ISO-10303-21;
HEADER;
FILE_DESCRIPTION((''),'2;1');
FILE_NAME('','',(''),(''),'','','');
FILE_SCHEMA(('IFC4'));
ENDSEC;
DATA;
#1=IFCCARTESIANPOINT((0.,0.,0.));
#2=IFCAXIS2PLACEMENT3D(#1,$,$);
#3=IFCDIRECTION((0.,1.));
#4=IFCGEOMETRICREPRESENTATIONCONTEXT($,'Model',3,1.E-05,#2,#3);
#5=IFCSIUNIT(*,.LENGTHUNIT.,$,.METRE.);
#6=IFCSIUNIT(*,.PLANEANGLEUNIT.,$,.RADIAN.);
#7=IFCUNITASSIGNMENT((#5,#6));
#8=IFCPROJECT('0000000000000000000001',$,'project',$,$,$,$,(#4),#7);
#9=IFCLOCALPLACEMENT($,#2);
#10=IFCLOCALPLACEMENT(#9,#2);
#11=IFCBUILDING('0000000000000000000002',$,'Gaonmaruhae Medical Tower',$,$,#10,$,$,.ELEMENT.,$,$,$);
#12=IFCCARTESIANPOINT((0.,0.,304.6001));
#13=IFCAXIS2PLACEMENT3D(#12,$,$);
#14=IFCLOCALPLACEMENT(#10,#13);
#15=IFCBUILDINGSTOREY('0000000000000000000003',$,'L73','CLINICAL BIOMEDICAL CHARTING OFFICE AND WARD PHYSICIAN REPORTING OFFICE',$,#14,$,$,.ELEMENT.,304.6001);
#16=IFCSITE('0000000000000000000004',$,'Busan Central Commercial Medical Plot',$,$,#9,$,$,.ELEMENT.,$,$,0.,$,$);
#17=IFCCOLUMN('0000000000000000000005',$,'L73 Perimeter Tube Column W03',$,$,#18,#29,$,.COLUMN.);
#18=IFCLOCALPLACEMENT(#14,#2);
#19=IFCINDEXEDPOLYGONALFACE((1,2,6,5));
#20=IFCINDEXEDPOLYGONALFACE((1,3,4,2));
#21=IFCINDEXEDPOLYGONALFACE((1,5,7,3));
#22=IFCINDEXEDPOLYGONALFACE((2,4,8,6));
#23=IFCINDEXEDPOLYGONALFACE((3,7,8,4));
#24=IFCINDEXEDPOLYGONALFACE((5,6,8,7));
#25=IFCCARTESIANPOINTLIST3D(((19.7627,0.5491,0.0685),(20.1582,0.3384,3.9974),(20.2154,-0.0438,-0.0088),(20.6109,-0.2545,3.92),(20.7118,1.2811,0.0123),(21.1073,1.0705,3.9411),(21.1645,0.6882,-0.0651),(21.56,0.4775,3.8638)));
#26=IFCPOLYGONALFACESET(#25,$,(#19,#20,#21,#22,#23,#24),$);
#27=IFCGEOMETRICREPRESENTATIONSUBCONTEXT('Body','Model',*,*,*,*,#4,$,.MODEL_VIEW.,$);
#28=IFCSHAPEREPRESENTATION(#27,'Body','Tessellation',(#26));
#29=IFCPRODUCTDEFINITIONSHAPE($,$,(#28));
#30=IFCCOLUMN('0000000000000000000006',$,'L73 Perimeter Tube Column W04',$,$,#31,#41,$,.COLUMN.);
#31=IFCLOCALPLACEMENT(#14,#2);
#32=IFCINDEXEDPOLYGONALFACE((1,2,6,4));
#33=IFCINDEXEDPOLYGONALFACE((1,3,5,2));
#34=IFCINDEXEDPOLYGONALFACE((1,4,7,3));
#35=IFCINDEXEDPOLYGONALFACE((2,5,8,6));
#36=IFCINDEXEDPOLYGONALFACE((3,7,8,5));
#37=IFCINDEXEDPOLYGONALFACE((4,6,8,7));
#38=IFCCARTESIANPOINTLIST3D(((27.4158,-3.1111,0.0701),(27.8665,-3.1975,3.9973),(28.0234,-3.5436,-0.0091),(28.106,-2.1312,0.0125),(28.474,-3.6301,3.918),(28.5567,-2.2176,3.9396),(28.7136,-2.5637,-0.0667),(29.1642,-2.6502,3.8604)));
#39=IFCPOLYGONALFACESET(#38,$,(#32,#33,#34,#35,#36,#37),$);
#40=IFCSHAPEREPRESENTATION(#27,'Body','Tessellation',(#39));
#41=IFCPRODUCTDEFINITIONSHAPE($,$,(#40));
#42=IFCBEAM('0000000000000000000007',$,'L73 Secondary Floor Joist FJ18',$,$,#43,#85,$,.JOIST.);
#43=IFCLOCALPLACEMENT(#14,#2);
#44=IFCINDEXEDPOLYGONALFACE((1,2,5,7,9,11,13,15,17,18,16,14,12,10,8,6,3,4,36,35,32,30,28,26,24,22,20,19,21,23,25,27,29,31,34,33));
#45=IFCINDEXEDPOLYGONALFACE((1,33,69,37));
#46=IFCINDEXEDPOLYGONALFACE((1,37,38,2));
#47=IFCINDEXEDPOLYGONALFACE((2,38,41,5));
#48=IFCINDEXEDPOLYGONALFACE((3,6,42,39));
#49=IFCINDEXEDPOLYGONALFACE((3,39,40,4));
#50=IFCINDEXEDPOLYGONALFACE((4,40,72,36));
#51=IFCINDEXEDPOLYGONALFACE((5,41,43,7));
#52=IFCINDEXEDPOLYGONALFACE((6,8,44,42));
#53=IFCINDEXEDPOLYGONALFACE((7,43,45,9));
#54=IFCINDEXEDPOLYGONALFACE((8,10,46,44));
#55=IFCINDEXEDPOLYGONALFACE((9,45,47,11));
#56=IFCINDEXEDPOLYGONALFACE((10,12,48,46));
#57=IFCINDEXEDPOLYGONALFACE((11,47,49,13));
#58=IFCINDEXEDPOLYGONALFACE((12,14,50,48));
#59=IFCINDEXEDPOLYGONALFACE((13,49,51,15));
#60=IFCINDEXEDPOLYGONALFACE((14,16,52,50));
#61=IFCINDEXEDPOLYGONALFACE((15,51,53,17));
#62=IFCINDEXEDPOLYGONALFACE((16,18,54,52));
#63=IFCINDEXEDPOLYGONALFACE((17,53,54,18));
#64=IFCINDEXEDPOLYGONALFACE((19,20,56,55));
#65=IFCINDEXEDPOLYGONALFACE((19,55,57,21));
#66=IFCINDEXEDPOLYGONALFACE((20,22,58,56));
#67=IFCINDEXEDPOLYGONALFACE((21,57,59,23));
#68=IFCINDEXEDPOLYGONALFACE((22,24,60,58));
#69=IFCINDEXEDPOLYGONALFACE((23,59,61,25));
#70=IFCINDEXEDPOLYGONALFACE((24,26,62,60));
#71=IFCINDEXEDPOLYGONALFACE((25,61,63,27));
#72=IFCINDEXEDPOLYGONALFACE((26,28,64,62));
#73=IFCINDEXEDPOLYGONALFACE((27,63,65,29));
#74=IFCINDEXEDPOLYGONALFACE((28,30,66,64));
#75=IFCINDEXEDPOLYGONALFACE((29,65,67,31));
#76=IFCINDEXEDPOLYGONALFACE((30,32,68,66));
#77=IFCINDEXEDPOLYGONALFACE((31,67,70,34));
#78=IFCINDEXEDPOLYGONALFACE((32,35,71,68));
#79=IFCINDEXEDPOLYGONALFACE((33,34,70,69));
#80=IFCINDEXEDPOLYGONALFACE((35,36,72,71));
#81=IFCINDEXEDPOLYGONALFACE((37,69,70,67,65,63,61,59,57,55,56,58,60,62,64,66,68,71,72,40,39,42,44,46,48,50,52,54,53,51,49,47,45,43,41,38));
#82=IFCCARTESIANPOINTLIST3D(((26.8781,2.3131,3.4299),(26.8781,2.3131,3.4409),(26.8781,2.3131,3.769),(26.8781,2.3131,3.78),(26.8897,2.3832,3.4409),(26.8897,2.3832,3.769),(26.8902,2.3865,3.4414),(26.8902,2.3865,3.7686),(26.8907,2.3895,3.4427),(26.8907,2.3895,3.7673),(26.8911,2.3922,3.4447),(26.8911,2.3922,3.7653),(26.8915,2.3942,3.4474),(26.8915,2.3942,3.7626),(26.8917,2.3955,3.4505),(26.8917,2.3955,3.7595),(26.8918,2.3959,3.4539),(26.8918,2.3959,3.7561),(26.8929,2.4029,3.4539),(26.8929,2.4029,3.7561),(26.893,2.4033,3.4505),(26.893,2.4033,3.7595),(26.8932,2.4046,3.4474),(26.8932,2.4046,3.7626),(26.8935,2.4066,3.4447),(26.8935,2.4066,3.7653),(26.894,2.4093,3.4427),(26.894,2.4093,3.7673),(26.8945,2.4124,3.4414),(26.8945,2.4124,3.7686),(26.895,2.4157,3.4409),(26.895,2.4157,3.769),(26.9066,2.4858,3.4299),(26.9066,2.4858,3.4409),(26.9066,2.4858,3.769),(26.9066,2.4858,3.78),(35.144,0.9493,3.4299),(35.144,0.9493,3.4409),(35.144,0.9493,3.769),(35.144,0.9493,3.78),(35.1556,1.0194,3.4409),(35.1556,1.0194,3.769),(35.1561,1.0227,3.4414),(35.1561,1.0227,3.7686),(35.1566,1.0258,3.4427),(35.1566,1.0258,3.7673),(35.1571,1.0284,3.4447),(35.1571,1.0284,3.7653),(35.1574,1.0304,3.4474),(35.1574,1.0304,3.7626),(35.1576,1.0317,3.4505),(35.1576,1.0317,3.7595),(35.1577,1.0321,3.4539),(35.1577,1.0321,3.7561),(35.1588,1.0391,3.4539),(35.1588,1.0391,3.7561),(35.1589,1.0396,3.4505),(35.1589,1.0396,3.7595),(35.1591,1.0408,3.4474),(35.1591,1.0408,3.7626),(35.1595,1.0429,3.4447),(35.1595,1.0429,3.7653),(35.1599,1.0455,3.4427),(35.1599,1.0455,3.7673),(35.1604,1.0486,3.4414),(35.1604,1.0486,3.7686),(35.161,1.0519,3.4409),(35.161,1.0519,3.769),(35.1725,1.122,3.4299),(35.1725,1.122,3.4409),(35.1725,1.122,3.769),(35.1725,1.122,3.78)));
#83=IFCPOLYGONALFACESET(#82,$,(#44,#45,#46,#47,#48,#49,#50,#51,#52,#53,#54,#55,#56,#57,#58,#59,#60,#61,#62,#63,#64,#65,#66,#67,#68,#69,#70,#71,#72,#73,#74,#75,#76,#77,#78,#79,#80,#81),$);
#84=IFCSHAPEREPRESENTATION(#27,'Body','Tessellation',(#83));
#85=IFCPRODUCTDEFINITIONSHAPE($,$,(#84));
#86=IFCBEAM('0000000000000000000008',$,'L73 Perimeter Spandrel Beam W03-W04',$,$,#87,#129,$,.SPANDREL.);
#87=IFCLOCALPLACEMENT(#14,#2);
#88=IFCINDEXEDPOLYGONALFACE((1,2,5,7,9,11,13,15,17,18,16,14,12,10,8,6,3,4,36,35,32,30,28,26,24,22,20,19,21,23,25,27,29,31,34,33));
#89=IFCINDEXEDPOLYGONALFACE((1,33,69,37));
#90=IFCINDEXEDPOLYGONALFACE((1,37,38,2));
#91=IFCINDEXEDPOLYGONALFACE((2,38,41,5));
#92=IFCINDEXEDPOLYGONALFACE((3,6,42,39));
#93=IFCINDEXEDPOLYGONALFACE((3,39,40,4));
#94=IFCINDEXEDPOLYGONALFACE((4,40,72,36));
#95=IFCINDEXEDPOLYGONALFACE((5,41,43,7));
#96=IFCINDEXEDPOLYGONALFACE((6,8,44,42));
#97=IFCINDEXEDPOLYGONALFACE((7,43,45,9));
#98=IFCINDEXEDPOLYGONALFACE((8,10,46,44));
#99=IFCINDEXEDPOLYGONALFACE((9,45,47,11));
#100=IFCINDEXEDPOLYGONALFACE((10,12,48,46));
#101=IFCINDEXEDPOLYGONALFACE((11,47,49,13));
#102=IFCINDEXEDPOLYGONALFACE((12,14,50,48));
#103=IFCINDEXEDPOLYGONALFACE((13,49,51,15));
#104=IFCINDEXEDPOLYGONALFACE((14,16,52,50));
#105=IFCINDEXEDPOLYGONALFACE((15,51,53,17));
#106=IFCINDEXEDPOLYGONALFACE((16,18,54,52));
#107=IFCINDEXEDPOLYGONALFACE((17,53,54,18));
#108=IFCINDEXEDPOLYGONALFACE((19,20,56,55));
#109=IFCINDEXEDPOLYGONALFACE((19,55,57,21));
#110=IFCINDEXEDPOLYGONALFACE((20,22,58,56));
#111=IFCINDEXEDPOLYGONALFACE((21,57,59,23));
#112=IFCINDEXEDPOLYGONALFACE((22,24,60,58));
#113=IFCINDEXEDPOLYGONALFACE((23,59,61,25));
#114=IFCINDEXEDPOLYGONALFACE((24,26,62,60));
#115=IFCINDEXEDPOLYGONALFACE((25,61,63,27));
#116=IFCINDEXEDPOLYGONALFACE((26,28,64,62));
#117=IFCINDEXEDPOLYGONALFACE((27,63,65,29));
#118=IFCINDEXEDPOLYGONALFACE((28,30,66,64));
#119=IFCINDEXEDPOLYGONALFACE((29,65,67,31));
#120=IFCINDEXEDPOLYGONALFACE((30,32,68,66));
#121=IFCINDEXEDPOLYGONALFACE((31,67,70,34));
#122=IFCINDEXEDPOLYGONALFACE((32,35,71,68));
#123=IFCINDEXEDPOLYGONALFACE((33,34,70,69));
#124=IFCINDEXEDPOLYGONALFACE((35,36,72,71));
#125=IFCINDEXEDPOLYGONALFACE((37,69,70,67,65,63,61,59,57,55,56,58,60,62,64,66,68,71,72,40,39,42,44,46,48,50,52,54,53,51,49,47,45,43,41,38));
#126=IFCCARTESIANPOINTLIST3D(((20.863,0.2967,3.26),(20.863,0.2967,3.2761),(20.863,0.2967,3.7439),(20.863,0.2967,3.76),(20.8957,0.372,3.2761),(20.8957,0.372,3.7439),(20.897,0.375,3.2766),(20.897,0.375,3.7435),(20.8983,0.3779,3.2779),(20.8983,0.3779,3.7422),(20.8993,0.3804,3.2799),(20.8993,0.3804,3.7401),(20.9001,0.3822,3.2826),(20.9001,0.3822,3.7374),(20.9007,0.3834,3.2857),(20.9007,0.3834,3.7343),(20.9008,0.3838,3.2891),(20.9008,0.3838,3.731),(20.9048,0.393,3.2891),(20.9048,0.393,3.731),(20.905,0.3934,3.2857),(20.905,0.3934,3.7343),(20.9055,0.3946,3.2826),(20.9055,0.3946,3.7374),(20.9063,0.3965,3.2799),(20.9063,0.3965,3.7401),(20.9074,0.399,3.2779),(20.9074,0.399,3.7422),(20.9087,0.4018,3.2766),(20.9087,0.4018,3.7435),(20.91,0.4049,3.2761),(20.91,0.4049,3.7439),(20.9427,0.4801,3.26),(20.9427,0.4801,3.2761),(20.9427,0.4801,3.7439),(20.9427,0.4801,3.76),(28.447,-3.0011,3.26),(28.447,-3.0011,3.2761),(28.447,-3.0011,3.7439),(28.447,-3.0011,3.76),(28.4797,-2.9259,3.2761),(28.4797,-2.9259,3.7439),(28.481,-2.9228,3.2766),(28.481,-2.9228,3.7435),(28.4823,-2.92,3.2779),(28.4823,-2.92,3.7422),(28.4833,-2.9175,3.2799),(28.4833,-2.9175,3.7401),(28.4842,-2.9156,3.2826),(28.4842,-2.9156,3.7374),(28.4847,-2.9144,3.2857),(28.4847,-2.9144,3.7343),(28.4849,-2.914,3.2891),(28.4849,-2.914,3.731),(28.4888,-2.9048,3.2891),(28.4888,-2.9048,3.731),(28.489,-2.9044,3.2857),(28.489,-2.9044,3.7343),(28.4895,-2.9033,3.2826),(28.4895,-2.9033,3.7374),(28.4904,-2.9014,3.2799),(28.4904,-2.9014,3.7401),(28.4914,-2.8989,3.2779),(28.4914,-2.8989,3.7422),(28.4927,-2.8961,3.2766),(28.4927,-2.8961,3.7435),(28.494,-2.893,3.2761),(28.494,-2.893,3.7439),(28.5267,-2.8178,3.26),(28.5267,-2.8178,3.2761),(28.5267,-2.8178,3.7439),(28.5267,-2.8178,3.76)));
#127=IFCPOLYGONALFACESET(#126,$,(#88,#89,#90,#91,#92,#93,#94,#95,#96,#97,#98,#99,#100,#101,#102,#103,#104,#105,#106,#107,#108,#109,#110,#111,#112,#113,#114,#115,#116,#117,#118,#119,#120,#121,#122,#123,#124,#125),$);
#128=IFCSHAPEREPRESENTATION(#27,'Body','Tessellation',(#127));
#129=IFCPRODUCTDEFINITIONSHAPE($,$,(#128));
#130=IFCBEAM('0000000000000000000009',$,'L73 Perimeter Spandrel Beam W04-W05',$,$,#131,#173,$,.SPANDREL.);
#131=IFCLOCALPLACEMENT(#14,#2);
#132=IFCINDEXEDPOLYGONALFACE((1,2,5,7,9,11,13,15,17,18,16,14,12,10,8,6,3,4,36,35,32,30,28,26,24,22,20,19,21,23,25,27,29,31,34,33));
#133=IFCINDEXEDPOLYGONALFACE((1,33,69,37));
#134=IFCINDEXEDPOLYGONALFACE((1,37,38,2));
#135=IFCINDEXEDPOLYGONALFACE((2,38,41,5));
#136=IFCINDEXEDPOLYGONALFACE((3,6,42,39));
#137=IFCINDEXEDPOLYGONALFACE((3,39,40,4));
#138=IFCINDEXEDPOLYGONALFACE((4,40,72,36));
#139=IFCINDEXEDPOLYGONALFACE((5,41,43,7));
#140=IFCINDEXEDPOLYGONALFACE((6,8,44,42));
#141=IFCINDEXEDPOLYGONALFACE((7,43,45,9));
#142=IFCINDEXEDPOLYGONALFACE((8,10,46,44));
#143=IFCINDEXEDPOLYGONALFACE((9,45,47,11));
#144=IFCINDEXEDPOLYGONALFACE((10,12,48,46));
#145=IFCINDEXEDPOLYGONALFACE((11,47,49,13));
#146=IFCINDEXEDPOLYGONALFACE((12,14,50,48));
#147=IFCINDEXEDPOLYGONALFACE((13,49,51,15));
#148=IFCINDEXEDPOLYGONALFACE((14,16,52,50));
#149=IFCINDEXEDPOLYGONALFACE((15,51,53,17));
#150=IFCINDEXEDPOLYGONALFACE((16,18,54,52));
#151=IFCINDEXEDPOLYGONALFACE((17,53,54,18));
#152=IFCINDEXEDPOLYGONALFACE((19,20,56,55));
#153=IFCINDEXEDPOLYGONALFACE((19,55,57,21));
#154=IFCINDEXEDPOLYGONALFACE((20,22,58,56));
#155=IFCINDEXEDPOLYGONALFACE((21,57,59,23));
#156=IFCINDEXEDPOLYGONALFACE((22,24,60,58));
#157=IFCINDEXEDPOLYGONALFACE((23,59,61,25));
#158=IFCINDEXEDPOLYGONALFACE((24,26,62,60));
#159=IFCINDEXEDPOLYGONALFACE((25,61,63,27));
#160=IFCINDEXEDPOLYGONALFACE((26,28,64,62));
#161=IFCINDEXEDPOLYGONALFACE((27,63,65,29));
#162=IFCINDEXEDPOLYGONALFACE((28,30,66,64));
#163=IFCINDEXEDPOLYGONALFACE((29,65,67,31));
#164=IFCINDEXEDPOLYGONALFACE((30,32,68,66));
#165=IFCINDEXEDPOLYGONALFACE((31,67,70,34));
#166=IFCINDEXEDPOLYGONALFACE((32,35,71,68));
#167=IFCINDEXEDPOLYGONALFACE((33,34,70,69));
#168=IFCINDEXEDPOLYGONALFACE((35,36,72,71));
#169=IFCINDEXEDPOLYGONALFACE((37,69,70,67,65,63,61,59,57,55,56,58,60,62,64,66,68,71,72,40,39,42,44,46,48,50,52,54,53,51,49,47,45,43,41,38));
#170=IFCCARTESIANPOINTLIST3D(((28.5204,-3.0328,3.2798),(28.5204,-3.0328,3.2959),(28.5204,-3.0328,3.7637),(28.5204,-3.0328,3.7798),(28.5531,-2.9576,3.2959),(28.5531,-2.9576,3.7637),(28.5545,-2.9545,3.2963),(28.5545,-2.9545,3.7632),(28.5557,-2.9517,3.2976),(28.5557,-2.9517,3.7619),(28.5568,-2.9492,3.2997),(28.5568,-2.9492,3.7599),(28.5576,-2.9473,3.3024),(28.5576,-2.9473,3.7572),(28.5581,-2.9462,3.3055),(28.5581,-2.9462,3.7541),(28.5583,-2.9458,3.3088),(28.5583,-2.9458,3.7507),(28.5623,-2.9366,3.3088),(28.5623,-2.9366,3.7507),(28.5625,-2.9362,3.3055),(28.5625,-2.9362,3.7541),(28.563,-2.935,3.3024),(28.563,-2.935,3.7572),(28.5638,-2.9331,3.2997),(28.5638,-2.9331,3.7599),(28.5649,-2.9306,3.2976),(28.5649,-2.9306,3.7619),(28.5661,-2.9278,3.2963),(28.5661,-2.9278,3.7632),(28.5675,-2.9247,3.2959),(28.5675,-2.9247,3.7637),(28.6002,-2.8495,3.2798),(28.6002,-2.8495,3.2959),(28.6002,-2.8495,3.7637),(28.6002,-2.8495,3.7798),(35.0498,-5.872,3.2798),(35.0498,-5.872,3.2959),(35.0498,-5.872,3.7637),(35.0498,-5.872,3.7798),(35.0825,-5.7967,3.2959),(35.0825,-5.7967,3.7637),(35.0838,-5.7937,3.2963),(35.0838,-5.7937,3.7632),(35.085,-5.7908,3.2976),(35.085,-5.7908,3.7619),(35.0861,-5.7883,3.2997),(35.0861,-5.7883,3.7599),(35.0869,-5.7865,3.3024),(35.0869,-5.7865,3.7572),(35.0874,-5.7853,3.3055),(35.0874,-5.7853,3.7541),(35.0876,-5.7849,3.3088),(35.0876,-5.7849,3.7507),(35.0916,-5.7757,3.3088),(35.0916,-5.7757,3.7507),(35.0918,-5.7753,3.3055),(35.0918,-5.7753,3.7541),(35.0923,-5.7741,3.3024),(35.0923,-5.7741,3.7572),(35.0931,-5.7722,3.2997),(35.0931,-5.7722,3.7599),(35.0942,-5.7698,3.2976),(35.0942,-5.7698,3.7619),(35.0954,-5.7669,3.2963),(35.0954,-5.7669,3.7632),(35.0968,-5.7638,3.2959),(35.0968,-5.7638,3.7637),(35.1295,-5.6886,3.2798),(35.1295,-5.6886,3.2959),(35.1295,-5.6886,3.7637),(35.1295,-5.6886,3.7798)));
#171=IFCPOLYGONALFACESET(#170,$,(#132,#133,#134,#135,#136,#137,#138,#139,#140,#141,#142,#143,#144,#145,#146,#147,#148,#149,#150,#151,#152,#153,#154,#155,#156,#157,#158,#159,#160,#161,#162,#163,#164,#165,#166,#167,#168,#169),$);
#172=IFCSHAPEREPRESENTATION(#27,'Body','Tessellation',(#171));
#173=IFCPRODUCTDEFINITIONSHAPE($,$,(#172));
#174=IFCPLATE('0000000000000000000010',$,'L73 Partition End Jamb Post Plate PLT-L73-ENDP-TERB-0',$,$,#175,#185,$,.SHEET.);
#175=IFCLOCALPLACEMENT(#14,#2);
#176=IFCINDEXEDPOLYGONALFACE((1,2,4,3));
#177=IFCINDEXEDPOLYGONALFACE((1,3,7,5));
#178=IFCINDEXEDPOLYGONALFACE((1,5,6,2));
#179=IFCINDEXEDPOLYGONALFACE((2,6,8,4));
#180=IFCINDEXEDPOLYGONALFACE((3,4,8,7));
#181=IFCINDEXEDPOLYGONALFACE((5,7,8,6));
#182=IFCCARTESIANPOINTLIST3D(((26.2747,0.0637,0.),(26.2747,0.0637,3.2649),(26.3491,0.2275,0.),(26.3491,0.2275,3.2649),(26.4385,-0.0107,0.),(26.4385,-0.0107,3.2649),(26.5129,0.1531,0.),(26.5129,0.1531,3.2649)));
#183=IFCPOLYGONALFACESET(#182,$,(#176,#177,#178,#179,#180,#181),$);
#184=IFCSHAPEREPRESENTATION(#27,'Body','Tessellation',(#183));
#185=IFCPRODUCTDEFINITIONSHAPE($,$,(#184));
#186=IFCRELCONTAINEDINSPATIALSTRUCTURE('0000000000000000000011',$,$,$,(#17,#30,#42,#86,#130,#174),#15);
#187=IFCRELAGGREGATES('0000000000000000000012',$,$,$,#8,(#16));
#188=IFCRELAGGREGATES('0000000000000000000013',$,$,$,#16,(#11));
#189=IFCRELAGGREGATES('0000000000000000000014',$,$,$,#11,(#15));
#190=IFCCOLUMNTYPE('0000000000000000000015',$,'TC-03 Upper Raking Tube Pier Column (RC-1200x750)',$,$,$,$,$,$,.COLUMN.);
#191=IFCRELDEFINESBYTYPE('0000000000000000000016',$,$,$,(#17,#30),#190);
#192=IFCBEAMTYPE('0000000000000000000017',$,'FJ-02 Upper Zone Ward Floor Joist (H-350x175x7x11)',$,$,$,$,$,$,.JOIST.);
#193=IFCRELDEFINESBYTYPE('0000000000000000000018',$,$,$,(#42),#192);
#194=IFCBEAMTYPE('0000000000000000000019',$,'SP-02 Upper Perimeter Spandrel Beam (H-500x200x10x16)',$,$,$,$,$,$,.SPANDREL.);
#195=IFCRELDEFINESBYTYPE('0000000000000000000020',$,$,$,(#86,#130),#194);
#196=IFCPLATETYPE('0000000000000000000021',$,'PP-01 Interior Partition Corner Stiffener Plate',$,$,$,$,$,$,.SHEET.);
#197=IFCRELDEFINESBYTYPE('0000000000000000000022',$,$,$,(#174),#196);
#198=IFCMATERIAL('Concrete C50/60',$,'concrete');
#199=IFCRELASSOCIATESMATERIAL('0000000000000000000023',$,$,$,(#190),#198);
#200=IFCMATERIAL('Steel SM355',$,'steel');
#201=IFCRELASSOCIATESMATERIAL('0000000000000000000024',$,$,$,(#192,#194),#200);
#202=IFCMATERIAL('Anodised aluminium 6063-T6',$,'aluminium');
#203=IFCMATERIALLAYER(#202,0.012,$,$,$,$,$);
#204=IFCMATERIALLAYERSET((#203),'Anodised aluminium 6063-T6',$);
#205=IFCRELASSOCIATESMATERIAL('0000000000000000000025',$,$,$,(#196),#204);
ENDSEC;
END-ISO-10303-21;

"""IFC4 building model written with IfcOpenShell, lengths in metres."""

from ifc_helpers import new_model, si_unit, direction, frame, origin, origin_2d, place, context, subcontext, project, spatial, rectangle, i_section, extrude, material, layer, layer_set, material_profile, profile_set, type_object, element, save


model = new_model("IFC4")

# Units and contexts
model_context = context("Model", 3, precision=1e-05, world=origin(), true_north=direction((0.0, 1.0)))
body_context = subcontext(model_context, "Body", "Model", "MODEL_VIEW")
ifc_project = project(units=[si_unit("LENGTHUNIT", "METRE"), si_unit("PLANEANGLEUNIT", "RADIAN")], contexts=[model_context])

# Site, building, storey
site_placement = place(None, origin())
site = spatial("IfcSite", under=ifc_project, at=site_placement, Name="Busan Central Commercial Medical Plot", CompositionType="ELEMENT", RefElevation=0.0)
building_placement = place(site_placement, origin())
building = spatial("IfcBuilding", under=site, at=building_placement, Name="Gaonmaruhae Medical Tower", CompositionType="ELEMENT")
storey_placement = place(building_placement, frame((0.0, 0.0, 304.6001)))
storey = spatial("IfcBuildingStorey", under=building, at=storey_placement, Name="L73", Description="CLINICAL BIOMEDICAL CHARTING OFFICE AND WARD PHYSICIAN REPORTING OFFICE", CompositionType="ELEMENT", Elevation=304.6001)

# Columns
ifc_material_1 = material(Name="Concrete C50/60", Category="concrete")
ifc_material_profile_1 = material_profile(ifc_material_1, rectangle(XDim=1.2, YDim=0.75, at=origin_2d()), Name="RC-1200x750")
ifc_profile_set_1 = profile_set([ifc_material_profile_1], Name="Concrete C50/60")
column_type = type_object("IfcColumnType", Name="TC-03 Upper Raking Tube Pier Column (RC-1200x750)", PredefinedType="COLUMN", material=ifc_profile_set_1)
column_1_placement = place(storey_placement, frame((20.4636, 0.6187, 0.0017), z_axis=(0.100016, -0.05328, 0.993558), x_axis=(-0.790946, -0.610085, 0.046904)))
element("IfcColumn", 1, at=column_1_placement, inside=storey, type_object=column_type, Name="L73 Perimeter Tube Column W03", PredefinedType="COLUMN", context=body_context, shape_type="SweptSolid", body=[
    extrude(rectangle(XDim=1.2, YDim=0.75, at=origin_2d()), origin(), (0.0, 0.0, 1.0), 3.9543),
])
column_2_placement = place(storey_placement, frame((28.0647, -2.8374, 0.0017), z_axis=(0.113983, -0.021858, 0.993242), x_axis=(-0.57519, -0.816608, 0.048037)))
element("IfcColumn", 2, at=column_2_placement, inside=storey, type_object=column_type, Name="L73 Perimeter Tube Column W04", PredefinedType="COLUMN", context=body_context, shape_type="SweptSolid", body=[
    extrude(rectangle(XDim=1.2, YDim=0.75, at=origin_2d()), origin(), (0.0, 0.0, 1.0), 3.9539),
])

# Beams
ifc_material_2 = material(Name="Steel SM355", Category="steel")
ifc_material_profile_2 = material_profile(ifc_material_2, i_section(OverallWidth=0.175, OverallDepth=0.3501, WebThickness=0.0071, FlangeThickness=0.011, FilletRadius=0.0129, at=origin_2d()), Name="H-350x175x7x11")
ifc_profile_set_2 = profile_set([ifc_material_profile_2], Name="Steel SM355")
beam_type_1 = type_object("IfcBeamType", Name="FJ-02 Upper Zone Ward Floor Joist (H-350x175x7x11)", PredefinedType="JOIST", material=ifc_profile_set_2)
beam_1_placement = place(storey_placement, frame((26.8923, 2.3994, 3.605), z_axis=(0.986661, -0.162787, 0.0), x_axis=(0.162787, 0.986661, 0.0)))
element("IfcBeam", 3, at=beam_1_placement, inside=storey, type_object=beam_type_1, Name="L73 Secondary Floor Joist FJ18", PredefinedType="JOIST", context=body_context, shape_type="SweptSolid", body=[
    extrude(i_section(OverallWidth=0.175, OverallDepth=0.3501, WebThickness=0.0071, FlangeThickness=0.011, FilletRadius=0.0129, at=origin_2d()), origin(), (0.0, 0.0, 1.0), 8.3777),
])
ifc_material_profile_3 = material_profile(ifc_material_2, i_section(OverallWidth=0.2, OverallDepth=0.5, WebThickness=0.01, FlangeThickness=0.0161, FilletRadius=0.0129, at=origin_2d()), Name="H-500x200x10x16")
ifc_profile_set_3 = profile_set([ifc_material_profile_3], Name="Steel SM355")
beam_type_2 = type_object("IfcBeamType", Name="SP-02 Upper Perimeter Spandrel Beam (H-500x200x10x16)", PredefinedType="SPANDREL", material=ifc_profile_set_3)
beam_2_placement = place(storey_placement, frame((20.9028, 0.3884, 3.51), z_axis=(0.917049, -0.398774, 0.0), x_axis=(0.398774, 0.917049, 0.0)))
element("IfcBeam", 4, at=beam_2_placement, inside=storey, type_object=beam_type_2, Name="L73 Perimeter Spandrel Beam W03-W04", PredefinedType="SPANDREL", context=body_context, shape_type="SweptSolid", body=[
    extrude(i_section(OverallWidth=0.2, OverallDepth=0.5, WebThickness=0.01, FlangeThickness=0.0161, FilletRadius=0.0129, at=origin_2d()), origin(), (0.0, 0.0, 1.0), 8.27),
])
beam_3_placement = place(storey_placement, frame((28.5603, -2.9412, 3.5298), z_axis=(0.917055, -0.39876, 0.0), x_axis=(0.39876, 0.917055, 0.0)))
element("IfcBeam", 5, at=beam_3_placement, inside=storey, type_object=beam_type_2, Name="L73 Perimeter Spandrel Beam W04-W05", PredefinedType="SPANDREL", context=body_context, shape_type="SweptSolid", body=[
    extrude(i_section(OverallWidth=0.2, OverallDepth=0.5, WebThickness=0.01, FlangeThickness=0.0161, FilletRadius=0.0129, at=origin_2d()), origin(), (0.0, 0.0, 1.0), 7.1199),
])

# Plate
ifc_material_3 = material(Name="Anodised aluminium 6063-T6", Category="aluminium")
ifc_layer_1 = layer(ifc_material_3, 0.012)
ifc_layer_set_1 = layer_set([ifc_layer_1], Name="Anodised aluminium 6063-T6")
plate_type = type_object("IfcPlateType", Name="PP-01 Interior Partition Corner Stiffener Plate", PredefinedType="SHEET", material=ifc_layer_set_1)
plate_1_placement = place(storey_placement, frame((26.3938, 0.1084, 0.0), z_axis=(0.0, 0.0, 1.0), x_axis=(-0.910323, 0.413899, 0.0)))
element("IfcPlate", 6, at=plate_1_placement, inside=storey, type_object=plate_type, Name="L73 Partition End Jamb Post Plate PLT-L73-ENDP-TERB-0", PredefinedType="SHEET", context=body_context, shape_type="SweptSolid", body=[
    extrude(rectangle(XDim=0.1799, YDim=0.1799, at=origin_2d()), origin(), (0.0, 0.0, 1.0), 3.2649),
])

save(model, "model.ifc")
